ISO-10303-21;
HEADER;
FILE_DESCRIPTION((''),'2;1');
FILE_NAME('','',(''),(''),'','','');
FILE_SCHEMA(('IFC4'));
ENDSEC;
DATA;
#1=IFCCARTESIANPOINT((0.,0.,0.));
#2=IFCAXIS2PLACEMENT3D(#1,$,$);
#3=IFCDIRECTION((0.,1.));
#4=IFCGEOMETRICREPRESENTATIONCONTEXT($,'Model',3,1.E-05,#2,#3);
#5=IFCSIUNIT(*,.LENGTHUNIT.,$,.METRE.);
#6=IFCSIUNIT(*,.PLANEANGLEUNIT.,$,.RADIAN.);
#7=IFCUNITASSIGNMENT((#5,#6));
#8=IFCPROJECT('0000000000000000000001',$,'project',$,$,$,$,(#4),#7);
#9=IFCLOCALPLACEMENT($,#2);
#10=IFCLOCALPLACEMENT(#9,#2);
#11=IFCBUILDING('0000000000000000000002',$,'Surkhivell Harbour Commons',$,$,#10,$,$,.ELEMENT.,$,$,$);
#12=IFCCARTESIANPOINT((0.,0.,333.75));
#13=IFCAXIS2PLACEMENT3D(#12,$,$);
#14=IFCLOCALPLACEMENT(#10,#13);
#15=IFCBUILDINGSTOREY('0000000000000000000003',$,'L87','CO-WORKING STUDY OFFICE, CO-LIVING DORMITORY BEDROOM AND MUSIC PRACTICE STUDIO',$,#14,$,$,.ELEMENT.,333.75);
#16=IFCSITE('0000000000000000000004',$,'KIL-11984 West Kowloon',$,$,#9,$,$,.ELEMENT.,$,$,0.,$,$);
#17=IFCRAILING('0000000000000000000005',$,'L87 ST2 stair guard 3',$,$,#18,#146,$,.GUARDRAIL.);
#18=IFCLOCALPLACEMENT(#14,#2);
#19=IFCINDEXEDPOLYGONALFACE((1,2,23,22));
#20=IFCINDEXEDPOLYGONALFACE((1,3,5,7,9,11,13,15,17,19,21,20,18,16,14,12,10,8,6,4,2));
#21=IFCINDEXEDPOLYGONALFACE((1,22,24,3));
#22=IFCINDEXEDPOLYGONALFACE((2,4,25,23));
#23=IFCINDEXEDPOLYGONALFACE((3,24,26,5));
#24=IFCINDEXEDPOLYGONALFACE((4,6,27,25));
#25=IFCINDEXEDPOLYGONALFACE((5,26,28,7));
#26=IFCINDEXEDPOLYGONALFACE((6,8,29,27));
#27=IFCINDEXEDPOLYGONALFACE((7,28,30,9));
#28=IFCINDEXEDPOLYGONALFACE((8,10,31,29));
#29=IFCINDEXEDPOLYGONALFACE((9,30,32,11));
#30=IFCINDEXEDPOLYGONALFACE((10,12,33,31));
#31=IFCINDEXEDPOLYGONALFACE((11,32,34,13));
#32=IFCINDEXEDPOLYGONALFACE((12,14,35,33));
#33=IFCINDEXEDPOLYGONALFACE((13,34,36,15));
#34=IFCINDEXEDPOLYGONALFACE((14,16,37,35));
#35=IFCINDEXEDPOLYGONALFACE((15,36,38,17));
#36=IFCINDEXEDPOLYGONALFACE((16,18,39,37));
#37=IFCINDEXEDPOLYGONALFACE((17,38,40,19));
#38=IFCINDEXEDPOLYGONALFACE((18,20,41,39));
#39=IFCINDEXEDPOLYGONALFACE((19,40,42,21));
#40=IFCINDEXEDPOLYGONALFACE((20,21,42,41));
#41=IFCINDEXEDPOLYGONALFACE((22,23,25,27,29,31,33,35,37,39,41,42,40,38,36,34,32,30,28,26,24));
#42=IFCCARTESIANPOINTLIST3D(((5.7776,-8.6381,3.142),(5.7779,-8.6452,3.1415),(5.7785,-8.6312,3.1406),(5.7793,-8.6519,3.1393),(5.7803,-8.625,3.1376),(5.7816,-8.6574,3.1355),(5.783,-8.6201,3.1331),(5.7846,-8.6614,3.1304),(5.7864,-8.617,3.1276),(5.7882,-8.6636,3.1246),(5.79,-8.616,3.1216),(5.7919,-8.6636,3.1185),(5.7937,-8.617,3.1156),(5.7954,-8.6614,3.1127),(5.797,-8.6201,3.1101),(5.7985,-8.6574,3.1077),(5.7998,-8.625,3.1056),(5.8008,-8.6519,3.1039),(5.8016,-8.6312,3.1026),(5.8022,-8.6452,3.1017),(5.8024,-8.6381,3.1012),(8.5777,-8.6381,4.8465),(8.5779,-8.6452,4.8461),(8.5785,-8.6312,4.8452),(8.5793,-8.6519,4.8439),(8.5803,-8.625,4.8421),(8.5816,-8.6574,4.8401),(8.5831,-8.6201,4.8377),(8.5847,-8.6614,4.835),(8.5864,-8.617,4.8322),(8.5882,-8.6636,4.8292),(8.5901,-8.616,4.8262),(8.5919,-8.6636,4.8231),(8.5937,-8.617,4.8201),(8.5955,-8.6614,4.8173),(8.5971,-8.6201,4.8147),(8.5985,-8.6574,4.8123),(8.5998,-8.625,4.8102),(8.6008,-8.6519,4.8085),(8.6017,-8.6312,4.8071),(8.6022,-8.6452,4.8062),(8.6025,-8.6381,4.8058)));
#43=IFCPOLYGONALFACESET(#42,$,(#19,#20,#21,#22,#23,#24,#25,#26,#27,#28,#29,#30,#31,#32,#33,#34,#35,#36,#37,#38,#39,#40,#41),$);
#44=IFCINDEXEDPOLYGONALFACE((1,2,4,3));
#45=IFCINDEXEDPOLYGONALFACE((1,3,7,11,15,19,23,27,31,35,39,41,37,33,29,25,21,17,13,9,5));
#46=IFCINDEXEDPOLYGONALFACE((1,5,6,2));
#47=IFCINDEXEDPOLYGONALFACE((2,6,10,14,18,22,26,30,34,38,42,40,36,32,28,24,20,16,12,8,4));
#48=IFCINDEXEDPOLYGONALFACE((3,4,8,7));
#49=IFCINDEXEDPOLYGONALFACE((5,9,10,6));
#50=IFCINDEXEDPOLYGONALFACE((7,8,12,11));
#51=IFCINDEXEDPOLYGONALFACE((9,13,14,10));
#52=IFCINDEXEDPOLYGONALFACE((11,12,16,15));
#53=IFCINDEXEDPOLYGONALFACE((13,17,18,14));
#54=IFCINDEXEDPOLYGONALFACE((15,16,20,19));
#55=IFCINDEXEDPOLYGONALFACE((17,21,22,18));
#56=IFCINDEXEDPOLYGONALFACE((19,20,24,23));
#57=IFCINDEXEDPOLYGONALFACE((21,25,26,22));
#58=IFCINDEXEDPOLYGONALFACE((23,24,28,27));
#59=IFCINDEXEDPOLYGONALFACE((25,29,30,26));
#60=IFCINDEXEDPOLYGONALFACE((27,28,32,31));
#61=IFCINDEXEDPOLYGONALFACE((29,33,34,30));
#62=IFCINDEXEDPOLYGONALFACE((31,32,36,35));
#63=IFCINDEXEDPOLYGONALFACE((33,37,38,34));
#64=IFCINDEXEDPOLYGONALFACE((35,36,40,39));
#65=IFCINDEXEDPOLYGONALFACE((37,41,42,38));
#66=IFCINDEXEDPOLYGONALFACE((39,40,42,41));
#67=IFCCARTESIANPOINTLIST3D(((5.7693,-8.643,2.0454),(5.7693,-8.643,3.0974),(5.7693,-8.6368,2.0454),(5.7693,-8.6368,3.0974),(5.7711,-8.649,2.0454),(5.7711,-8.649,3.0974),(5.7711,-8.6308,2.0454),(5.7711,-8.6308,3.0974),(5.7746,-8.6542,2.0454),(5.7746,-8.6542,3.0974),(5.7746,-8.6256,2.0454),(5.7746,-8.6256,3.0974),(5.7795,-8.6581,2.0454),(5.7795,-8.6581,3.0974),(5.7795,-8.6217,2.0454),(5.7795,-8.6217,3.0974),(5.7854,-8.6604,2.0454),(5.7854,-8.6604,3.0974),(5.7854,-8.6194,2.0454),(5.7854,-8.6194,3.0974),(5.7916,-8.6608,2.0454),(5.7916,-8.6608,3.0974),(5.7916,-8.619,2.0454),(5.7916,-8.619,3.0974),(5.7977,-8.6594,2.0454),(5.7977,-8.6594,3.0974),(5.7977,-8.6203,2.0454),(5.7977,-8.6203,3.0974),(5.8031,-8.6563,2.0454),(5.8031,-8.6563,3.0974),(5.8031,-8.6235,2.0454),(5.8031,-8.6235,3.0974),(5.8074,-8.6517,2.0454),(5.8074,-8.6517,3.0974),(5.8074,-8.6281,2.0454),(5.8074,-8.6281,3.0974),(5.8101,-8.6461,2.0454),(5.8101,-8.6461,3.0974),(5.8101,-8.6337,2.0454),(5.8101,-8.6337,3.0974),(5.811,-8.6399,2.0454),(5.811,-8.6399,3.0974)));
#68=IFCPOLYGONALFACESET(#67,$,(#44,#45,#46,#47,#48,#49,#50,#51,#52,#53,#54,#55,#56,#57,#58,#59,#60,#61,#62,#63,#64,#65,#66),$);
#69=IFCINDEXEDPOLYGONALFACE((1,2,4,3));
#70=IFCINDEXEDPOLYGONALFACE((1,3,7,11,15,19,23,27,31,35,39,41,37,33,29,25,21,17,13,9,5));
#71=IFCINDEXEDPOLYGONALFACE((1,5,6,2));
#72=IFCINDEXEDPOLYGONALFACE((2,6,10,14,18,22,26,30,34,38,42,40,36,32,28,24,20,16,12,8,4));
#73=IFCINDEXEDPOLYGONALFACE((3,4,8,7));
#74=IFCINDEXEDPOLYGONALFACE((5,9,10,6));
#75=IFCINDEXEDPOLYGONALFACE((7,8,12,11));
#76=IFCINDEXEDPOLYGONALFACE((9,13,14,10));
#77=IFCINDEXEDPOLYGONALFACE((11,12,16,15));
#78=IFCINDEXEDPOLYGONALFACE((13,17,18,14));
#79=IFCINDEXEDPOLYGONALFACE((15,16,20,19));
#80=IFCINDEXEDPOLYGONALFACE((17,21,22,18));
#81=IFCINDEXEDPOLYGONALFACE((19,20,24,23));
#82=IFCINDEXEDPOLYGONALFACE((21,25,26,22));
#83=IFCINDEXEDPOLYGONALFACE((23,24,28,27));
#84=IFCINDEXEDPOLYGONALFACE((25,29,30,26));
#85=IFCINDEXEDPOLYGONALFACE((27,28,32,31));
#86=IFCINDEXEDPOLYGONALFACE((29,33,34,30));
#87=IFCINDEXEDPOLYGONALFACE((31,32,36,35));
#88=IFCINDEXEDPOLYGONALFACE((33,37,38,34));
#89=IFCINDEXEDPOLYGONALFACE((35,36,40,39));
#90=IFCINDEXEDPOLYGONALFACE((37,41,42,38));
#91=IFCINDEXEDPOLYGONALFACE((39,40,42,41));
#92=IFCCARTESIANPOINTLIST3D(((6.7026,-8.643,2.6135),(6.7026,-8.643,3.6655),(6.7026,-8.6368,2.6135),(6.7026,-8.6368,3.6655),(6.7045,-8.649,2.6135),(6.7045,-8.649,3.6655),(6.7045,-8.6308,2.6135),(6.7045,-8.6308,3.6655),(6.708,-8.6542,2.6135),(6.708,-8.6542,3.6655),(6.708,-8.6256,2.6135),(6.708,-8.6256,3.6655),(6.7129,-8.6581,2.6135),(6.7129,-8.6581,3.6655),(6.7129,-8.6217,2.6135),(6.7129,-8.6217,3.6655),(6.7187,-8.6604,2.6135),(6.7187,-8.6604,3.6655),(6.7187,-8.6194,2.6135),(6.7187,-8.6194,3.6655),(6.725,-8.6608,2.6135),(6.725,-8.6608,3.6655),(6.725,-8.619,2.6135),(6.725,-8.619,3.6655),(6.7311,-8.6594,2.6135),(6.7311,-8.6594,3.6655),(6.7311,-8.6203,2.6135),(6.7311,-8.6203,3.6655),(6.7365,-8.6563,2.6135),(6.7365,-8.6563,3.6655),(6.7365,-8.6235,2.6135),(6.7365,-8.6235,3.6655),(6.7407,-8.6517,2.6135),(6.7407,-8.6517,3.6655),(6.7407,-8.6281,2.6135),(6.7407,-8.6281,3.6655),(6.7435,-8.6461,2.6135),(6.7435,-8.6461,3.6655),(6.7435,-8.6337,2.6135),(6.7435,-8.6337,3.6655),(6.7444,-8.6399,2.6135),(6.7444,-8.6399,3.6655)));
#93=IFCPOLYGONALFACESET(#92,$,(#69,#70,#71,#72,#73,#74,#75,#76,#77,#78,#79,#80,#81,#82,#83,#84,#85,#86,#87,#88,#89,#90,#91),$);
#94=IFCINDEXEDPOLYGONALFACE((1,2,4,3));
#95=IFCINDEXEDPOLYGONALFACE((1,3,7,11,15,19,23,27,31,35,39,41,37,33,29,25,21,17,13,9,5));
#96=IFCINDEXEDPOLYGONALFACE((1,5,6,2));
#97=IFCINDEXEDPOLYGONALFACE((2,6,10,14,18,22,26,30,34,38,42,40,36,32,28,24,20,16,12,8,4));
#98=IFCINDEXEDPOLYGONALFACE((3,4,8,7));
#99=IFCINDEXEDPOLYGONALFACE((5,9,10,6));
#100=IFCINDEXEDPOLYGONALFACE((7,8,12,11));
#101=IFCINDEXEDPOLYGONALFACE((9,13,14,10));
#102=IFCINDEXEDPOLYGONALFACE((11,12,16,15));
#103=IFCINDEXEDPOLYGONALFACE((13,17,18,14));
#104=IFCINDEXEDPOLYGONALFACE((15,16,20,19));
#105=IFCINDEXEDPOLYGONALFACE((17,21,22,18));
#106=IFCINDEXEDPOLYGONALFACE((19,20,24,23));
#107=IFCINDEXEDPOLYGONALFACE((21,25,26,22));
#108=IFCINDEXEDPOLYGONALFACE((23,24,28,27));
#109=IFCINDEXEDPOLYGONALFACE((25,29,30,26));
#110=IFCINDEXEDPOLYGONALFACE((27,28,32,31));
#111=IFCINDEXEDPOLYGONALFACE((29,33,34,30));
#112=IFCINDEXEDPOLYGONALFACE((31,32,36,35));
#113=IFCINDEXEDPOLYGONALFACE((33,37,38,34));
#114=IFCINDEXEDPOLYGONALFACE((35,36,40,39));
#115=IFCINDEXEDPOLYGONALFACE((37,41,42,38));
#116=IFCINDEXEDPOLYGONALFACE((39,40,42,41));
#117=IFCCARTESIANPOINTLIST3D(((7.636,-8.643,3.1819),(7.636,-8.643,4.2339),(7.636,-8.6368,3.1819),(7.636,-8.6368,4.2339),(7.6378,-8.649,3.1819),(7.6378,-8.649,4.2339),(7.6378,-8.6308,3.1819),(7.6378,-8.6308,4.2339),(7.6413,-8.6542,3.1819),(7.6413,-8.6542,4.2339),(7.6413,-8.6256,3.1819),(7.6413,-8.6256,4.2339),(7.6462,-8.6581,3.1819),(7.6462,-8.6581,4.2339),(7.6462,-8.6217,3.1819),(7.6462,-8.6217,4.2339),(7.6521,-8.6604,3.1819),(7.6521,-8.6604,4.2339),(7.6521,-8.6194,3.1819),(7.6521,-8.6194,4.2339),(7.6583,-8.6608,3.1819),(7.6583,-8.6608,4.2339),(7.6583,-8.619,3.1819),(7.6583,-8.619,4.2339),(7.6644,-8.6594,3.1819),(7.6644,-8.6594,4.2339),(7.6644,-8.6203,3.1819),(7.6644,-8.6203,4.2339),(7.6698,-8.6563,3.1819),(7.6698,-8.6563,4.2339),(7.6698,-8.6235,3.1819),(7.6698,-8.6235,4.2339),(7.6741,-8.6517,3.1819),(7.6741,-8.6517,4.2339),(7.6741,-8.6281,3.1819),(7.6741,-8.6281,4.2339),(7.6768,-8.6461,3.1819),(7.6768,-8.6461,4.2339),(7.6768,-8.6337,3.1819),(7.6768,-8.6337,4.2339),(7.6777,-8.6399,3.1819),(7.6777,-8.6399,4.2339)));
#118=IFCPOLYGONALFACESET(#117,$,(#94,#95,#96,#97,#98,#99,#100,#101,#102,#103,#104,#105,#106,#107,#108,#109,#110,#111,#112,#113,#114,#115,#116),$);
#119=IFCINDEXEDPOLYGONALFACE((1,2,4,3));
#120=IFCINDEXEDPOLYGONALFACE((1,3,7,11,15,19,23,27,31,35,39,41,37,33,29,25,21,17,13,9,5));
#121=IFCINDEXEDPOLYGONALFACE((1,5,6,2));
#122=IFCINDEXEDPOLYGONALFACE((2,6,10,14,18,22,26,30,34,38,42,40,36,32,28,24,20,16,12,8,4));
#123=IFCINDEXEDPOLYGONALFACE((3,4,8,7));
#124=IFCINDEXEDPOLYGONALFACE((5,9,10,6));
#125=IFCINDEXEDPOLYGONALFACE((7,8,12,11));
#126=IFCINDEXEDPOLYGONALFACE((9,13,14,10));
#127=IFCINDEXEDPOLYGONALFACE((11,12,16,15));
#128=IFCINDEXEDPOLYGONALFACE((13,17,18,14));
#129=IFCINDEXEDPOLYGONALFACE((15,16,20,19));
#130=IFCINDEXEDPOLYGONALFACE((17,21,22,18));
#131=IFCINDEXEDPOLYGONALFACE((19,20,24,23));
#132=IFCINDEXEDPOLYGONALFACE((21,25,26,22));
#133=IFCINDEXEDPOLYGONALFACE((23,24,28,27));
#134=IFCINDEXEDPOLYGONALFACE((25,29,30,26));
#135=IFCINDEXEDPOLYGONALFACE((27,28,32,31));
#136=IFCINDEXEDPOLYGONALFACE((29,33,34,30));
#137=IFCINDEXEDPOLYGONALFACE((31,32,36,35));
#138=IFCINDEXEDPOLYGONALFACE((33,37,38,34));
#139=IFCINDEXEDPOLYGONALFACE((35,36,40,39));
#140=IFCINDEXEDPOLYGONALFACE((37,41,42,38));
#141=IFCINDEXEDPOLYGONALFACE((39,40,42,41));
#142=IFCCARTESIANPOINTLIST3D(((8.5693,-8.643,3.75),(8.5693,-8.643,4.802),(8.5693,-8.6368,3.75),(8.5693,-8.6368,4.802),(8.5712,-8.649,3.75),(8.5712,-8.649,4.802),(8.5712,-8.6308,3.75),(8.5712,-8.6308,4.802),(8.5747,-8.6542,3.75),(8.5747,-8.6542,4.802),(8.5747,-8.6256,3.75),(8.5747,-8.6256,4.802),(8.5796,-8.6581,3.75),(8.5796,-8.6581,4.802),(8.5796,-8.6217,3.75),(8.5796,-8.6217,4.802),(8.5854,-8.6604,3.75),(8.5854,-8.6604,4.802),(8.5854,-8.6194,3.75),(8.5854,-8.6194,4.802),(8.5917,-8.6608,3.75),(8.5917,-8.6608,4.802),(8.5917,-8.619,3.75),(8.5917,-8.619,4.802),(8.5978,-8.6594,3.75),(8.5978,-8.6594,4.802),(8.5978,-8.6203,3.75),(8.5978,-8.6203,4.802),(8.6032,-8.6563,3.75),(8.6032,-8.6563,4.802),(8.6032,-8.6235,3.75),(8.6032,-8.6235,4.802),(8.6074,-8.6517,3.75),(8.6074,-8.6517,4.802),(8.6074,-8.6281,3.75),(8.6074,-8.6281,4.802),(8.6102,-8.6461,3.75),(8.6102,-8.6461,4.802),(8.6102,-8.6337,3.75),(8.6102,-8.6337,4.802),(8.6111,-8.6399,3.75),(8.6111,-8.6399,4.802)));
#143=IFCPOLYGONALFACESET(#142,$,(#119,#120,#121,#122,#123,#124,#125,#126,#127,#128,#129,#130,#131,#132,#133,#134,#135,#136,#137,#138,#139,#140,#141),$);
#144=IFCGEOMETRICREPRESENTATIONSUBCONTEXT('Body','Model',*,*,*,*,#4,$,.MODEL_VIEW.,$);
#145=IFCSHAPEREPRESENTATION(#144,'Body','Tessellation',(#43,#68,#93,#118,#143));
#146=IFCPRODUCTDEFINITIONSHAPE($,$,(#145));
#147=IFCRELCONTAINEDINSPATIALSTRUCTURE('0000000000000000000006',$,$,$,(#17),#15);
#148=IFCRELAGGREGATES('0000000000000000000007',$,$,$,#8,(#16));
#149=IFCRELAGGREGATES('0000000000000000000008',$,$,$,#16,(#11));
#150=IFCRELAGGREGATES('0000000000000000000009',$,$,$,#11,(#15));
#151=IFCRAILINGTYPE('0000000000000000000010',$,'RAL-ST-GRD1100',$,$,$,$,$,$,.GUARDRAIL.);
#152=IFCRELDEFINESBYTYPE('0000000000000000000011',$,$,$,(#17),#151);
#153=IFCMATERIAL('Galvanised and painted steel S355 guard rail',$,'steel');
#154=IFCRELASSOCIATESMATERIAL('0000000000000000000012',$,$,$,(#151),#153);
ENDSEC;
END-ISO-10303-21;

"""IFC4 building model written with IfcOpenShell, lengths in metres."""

from ifc_helpers import new_model, si_unit, direction, frame, origin, origin_2d, place, context, subcontext, project, spatial, circle, extrude, material, type_object, element, save


model = new_model("IFC4")

# Units and contexts
model_context = context("Model", 3, precision=1e-05, world=origin(), true_north=direction((0.0, 1.0)))
body_context = subcontext(model_context, "Body", "Model", "MODEL_VIEW")
ifc_project = project(units=[si_unit("LENGTHUNIT", "METRE"), si_unit("PLANEANGLEUNIT", "RADIAN")], contexts=[model_context])

# Site, building, storey
site_placement = place(None, origin())
site = spatial("IfcSite", under=ifc_project, at=site_placement, Name="KIL-11984 West Kowloon", CompositionType="ELEMENT", RefElevation=0.0)
building_placement = place(site_placement, origin())
building = spatial("IfcBuilding", under=site, at=building_placement, Name="Surkhivell Harbour Commons", CompositionType="ELEMENT")
storey_placement = place(building_placement, frame((0.0, 0.0, 333.75)))
storey = spatial("IfcBuildingStorey", under=building, at=storey_placement, Name="L87", Description="CO-WORKING STUDY OFFICE, CO-LIVING DORMITORY BEDROOM AND MUSIC PRACTICE STUDIO", CompositionType="ELEMENT", Elevation=333.75)

# Railing
ifc_material_1 = material(Name="Galvanised and painted steel S355 guard rail", Category="steel")
railing_type_1 = type_object("IfcRailingType", Name="RAL-ST-GRD1100", PredefinedType="GUARDRAIL", material=ifc_material_1)
railing_1_placement = place(storey_placement, frame((5.79, -8.6399, 2.0454)))
element("IfcRailing", 1, at=railing_1_placement, inside=storey, type_object=railing_type_1, Name="L87 ST2 stair guard 3", PredefinedType="GUARDRAIL", context=body_context, shape_type="SweptSolid", body=[
    extrude(circle(Radius=0.0239, at=origin_2d()), frame((0.0, 0.0, 1.0762), z_axis=(0.85417, 0.0, 0.519994), x_axis=(0.0, 1.0, 0.0)), (0.0, 0.0, 1.0), 3.2781),
    extrude(circle(Radius=0.021, at=origin_2d()), origin(), (0.0, 0.0, 1.0), 1.052),
    extrude(circle(Radius=0.021, at=origin_2d()), frame((0.9333, 0.0, 0.5681)), (0.0, 0.0, 1.0), 1.052),
    extrude(circle(Radius=0.021, at=origin_2d()), frame((1.8667, 0.0, 1.1365)), (0.0, 0.0, 1.0), 1.052),
    extrude(circle(Radius=0.021, at=origin_2d()), frame((2.8, 0.0, 1.7046)), (0.0, 0.0, 1.0), 1.052),
])

save(model, "model.ifc")
